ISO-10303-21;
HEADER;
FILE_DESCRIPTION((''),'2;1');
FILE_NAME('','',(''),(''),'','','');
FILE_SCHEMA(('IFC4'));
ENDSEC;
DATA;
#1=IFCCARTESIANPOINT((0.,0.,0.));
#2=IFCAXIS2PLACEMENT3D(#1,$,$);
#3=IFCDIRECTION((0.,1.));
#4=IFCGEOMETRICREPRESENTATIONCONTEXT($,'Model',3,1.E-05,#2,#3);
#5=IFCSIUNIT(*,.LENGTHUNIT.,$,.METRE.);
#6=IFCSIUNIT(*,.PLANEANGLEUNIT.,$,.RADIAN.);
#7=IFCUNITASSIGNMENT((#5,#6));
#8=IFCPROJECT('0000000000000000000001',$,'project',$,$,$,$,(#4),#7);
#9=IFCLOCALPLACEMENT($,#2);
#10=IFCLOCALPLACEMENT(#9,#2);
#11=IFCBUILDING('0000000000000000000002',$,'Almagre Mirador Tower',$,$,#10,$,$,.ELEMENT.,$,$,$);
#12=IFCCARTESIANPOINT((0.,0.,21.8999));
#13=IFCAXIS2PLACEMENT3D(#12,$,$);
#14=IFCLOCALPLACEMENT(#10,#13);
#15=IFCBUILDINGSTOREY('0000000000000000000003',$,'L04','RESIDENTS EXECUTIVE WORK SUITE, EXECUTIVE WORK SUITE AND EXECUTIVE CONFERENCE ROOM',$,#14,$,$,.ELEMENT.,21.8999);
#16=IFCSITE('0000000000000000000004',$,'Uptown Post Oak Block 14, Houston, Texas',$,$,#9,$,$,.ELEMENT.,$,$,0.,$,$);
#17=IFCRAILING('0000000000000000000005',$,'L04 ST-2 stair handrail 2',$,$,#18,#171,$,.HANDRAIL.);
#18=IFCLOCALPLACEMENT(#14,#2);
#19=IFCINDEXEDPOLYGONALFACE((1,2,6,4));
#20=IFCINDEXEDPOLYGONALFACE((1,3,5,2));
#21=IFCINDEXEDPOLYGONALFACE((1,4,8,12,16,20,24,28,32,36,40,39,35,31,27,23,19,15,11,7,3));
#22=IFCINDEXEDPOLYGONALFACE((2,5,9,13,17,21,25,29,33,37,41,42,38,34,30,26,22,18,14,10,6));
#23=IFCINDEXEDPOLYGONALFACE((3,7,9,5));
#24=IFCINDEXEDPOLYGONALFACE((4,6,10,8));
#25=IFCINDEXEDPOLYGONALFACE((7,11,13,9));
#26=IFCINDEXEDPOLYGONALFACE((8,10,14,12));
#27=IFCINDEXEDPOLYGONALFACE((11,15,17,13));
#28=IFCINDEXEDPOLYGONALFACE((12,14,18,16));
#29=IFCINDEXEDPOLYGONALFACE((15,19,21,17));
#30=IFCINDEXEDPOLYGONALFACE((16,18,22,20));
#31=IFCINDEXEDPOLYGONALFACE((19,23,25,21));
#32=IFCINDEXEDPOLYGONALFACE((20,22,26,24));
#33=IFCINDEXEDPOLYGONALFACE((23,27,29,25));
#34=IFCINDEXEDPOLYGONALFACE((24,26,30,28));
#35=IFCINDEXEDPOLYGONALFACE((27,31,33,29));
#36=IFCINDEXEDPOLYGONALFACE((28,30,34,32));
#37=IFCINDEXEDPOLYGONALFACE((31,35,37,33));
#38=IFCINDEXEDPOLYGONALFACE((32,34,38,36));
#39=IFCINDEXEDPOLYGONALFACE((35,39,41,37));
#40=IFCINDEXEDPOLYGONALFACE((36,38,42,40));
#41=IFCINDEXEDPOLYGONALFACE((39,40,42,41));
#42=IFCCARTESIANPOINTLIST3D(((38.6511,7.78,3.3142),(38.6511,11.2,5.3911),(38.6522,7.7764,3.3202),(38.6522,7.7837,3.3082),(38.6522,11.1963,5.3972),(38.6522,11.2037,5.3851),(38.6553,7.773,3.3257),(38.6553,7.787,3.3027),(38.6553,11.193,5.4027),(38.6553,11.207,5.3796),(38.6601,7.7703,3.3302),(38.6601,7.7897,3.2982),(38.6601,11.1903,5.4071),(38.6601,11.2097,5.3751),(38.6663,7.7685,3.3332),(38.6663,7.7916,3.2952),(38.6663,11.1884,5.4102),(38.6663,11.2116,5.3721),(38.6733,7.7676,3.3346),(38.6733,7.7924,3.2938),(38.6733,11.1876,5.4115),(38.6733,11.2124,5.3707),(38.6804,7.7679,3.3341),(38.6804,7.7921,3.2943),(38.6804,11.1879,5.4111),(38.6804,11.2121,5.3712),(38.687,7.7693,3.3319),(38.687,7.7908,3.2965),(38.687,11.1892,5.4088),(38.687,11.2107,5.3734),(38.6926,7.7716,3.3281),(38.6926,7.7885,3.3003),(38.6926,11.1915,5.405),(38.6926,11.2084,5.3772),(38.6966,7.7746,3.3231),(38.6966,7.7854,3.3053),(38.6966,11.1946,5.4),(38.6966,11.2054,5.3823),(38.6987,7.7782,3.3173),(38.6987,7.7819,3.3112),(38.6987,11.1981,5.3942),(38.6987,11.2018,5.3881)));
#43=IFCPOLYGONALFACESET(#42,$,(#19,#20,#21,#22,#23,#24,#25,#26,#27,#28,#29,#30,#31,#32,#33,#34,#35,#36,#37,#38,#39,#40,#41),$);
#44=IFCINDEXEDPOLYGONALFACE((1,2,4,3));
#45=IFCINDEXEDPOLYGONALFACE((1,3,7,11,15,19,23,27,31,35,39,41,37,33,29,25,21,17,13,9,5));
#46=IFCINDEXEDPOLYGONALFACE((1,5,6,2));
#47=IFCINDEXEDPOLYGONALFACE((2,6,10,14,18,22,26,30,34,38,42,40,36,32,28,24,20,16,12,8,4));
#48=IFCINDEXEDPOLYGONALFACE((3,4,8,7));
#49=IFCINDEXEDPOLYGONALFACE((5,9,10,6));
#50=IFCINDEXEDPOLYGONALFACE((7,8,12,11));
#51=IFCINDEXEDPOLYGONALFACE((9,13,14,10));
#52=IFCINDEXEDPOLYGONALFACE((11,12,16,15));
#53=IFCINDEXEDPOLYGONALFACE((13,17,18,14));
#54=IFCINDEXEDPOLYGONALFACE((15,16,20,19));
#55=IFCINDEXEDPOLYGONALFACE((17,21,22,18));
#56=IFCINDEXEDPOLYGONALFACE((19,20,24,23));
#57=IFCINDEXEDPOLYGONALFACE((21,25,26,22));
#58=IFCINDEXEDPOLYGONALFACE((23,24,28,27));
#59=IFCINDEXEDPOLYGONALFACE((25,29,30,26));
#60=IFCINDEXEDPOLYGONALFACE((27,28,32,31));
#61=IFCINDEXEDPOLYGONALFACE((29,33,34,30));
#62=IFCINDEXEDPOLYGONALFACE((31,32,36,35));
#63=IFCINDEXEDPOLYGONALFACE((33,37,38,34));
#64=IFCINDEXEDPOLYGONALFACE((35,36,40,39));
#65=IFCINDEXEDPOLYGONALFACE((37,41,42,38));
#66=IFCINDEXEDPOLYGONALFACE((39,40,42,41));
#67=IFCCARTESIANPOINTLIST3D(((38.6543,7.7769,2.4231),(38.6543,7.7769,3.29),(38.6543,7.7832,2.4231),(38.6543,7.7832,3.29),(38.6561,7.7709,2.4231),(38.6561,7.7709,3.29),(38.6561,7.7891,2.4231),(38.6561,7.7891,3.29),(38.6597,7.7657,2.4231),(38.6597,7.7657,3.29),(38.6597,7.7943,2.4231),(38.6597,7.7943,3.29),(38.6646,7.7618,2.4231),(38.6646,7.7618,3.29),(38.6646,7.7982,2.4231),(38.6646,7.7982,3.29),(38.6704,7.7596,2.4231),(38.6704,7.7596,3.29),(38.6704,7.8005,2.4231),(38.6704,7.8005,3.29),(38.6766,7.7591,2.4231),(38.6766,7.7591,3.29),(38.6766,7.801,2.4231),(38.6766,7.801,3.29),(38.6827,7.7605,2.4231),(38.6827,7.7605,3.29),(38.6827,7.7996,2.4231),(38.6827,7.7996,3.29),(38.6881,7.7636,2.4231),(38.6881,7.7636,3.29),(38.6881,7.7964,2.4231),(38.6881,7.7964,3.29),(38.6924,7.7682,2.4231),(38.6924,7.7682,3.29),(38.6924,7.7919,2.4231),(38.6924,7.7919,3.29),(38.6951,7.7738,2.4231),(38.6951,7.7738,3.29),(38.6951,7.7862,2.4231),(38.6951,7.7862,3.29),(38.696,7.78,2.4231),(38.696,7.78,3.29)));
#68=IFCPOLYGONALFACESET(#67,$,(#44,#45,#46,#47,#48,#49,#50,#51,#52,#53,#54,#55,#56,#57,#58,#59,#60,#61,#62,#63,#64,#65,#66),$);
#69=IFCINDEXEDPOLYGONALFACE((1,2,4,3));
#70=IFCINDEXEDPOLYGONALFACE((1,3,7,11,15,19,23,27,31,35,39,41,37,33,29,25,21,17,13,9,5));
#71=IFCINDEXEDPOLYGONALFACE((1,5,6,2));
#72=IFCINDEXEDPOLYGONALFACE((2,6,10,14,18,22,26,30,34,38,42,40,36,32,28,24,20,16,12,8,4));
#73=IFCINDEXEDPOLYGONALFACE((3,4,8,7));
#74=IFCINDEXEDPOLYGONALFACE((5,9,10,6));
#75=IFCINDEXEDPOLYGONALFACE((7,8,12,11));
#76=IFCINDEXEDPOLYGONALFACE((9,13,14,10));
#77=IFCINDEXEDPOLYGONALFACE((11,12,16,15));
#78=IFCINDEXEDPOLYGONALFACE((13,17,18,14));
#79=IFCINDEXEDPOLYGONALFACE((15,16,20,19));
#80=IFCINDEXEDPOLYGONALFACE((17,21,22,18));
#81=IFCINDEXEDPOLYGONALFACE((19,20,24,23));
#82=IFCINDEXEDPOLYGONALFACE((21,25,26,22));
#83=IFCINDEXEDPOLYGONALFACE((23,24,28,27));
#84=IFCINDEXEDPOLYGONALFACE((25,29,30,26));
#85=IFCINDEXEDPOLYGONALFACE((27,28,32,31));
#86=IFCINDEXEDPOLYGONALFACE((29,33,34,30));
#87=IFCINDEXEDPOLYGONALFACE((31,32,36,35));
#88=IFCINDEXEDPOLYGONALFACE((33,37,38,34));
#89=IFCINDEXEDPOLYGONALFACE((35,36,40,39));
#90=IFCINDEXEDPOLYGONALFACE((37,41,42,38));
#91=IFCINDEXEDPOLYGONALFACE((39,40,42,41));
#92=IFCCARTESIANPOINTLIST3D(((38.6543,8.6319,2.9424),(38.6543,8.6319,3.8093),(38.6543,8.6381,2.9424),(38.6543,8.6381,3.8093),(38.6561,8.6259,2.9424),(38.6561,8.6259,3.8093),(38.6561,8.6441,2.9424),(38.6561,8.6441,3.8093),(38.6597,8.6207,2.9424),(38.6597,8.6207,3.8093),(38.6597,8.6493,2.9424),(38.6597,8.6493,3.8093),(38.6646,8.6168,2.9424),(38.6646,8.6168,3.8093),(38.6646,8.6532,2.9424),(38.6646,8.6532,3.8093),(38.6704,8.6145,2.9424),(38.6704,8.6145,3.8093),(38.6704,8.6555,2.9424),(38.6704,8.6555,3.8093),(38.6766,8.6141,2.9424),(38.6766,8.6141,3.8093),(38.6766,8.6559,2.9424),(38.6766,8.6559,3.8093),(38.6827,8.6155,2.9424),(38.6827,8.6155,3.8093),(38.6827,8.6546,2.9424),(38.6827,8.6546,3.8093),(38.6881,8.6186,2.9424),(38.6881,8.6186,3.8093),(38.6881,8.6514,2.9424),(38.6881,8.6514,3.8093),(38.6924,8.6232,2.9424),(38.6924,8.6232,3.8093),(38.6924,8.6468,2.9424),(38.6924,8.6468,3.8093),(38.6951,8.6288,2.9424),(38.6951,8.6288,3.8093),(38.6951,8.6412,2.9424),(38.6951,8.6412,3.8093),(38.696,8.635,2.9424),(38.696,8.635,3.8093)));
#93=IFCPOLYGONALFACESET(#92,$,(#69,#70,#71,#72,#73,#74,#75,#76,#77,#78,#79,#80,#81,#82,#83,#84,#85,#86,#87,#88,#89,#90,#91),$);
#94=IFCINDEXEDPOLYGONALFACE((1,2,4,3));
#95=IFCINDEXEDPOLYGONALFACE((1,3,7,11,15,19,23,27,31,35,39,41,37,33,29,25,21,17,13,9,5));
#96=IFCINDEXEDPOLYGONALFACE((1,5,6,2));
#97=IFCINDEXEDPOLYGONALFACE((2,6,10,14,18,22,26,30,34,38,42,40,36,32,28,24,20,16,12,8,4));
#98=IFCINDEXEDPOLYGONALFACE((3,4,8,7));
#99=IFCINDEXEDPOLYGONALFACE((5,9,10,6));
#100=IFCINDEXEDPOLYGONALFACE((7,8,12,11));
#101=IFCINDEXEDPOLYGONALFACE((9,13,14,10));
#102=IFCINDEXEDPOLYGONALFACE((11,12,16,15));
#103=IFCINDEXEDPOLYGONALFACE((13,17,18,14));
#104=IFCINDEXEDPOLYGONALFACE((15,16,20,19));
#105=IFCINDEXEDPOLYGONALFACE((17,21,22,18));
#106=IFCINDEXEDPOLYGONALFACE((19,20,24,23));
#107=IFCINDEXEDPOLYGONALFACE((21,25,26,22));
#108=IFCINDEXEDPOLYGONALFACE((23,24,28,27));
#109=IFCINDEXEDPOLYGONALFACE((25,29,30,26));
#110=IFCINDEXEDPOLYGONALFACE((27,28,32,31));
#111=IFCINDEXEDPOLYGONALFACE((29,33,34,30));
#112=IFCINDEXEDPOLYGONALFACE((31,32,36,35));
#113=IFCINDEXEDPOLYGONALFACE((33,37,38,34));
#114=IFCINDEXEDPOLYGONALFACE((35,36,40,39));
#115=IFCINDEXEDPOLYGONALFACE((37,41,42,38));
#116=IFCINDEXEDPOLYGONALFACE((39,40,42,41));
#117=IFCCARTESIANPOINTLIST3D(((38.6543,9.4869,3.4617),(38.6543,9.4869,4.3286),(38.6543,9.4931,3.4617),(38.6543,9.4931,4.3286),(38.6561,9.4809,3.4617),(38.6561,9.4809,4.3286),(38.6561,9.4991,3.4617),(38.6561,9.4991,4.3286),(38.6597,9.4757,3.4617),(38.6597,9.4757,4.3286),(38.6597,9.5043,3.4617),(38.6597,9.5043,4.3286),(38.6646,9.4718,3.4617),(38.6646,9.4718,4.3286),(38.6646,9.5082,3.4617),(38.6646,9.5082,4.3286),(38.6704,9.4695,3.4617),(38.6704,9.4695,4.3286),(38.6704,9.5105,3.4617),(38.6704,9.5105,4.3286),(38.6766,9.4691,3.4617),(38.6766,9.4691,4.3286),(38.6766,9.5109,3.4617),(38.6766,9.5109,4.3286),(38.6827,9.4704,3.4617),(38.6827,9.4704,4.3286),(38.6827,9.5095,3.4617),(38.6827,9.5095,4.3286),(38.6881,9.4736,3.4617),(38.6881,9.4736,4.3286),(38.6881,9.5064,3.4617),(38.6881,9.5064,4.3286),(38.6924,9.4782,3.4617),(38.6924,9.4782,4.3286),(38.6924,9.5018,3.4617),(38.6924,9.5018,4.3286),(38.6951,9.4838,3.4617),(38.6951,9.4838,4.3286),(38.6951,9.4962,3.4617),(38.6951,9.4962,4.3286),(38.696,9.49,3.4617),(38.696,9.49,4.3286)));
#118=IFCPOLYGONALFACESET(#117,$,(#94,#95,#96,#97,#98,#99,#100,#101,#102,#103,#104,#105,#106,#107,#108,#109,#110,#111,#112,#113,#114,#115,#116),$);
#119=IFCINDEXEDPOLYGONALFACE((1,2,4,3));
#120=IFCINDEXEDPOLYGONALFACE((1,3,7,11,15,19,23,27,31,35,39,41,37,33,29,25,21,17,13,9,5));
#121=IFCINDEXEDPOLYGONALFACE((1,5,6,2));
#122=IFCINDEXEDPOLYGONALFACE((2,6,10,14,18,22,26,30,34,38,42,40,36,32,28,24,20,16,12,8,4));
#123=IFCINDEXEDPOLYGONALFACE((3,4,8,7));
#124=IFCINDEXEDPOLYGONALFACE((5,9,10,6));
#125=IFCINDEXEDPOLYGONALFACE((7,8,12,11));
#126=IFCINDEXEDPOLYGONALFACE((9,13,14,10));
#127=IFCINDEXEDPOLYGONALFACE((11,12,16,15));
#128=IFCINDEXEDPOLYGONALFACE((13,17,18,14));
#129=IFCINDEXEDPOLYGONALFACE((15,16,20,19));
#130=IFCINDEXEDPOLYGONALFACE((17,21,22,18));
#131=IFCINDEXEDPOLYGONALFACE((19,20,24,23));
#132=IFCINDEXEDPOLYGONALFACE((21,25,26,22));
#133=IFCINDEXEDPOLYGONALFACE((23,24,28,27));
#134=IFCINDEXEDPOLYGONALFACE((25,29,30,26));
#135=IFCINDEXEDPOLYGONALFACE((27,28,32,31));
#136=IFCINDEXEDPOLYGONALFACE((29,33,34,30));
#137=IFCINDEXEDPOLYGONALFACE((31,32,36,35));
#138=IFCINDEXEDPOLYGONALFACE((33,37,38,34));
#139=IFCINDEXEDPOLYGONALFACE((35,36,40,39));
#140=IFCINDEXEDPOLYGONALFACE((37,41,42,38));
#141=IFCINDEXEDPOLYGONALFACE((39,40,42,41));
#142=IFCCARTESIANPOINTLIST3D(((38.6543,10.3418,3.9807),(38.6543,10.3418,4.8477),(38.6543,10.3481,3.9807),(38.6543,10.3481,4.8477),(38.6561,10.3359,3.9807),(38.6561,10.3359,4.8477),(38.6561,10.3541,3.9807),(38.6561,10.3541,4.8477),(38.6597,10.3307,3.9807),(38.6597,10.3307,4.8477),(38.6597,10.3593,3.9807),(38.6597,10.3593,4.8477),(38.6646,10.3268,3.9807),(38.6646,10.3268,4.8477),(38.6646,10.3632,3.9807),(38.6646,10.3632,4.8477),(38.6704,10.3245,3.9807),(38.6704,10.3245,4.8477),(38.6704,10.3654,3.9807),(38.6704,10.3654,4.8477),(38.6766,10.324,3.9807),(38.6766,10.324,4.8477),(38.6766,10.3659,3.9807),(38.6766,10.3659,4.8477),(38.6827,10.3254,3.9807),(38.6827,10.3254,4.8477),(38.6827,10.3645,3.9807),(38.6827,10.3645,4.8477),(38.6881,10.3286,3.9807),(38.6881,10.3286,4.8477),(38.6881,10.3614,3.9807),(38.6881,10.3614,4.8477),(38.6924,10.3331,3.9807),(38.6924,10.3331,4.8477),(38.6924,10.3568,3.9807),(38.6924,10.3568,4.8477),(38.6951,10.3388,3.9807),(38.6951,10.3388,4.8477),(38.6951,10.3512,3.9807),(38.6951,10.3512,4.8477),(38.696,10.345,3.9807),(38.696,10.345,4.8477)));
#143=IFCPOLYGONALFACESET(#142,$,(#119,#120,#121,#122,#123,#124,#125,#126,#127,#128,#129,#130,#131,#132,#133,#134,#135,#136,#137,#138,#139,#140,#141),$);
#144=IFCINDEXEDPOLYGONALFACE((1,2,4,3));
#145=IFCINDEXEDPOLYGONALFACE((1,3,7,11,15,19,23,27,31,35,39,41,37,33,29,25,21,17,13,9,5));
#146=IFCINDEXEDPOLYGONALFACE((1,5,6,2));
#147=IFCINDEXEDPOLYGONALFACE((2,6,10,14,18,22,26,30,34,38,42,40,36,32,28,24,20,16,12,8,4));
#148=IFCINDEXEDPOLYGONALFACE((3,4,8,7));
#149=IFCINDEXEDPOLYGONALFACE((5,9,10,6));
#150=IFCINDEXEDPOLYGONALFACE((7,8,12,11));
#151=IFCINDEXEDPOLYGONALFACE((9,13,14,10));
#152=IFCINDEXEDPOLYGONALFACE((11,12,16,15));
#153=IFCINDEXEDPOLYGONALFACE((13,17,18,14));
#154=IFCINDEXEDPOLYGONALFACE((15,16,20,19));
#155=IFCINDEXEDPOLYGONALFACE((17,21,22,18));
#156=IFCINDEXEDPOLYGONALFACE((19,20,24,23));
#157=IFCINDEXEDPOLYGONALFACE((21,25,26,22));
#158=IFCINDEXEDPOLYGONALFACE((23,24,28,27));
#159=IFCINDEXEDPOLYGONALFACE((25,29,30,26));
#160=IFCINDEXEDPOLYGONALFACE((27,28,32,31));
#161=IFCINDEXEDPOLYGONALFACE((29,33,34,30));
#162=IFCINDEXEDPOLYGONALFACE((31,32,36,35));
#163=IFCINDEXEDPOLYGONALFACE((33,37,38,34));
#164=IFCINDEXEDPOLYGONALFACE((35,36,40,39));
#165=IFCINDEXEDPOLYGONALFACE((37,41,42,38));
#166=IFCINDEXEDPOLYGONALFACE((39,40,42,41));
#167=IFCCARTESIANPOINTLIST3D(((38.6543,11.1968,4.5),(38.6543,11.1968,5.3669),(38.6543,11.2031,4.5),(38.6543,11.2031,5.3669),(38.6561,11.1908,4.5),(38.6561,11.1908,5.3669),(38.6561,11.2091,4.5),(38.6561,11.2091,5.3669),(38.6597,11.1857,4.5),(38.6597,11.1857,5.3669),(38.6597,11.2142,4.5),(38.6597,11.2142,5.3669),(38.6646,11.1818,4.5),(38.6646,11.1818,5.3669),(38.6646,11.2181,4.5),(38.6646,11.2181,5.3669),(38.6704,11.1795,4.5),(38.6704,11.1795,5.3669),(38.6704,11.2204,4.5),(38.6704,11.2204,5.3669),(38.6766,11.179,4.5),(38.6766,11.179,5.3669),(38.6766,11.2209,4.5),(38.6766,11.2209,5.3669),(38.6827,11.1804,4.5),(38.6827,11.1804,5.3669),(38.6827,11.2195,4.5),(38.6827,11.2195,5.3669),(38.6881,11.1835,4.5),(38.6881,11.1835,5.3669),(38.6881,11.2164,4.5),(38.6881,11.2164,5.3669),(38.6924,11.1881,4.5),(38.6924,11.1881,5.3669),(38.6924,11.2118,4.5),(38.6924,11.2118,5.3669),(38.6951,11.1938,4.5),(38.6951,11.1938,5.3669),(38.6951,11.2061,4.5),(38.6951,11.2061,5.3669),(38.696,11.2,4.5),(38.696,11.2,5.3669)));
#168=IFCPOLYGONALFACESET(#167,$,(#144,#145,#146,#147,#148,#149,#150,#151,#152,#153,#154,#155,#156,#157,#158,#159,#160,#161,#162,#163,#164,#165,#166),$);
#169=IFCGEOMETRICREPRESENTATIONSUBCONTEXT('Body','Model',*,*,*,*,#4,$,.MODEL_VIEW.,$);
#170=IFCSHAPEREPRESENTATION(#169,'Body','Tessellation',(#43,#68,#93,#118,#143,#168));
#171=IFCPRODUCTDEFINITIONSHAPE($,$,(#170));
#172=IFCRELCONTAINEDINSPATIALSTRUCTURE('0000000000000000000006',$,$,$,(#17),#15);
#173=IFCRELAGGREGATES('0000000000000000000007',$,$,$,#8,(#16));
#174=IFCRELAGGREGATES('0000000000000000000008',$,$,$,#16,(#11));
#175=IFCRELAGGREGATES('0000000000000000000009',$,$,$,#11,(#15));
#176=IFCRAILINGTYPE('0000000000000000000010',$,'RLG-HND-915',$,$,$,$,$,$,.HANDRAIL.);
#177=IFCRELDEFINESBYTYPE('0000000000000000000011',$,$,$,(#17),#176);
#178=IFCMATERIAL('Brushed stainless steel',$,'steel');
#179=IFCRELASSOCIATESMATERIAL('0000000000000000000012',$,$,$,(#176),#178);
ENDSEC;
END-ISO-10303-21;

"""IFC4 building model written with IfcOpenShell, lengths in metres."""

from ifc_helpers import new_model, si_unit, direction, frame, origin, origin_2d, place, context, subcontext, project, spatial, circle, extrude, material, type_object, element, save


model = new_model("IFC4")

# Units and contexts
model_context = context("Model", 3, precision=1e-05, world=origin(), true_north=direction((0.0, 1.0)))
body_context = subcontext(model_context, "Body", "Model", "MODEL_VIEW")
ifc_project = project(units=[si_unit("LENGTHUNIT", "METRE"), si_unit("PLANEANGLEUNIT", "RADIAN")], contexts=[model_context])

# Site, building, storey
site_placement = place(None, origin())
site = spatial("IfcSite", under=ifc_project, at=site_placement, Name="Uptown Post Oak Block 14, Houston, Texas", CompositionType="ELEMENT", RefElevation=0.0)
building_placement = place(site_placement, origin())
building = spatial("IfcBuilding", under=site, at=building_placement, Name="Almagre Mirador Tower", CompositionType="ELEMENT")
storey_placement = place(building_placement, frame((0.0, 0.0, 21.8999)))
storey = spatial("IfcBuildingStorey", under=building, at=storey_placement, Name="L04", Description="RESIDENTS EXECUTIVE WORK SUITE, EXECUTIVE WORK SUITE AND EXECUTIVE CONFERENCE ROOM", CompositionType="ELEMENT", Elevation=21.8999)

# Railing
ifc_material_1 = material(Name="Brushed stainless steel", Category="steel")
railing_type_1 = type_object("IfcRailingType", Name="RLG-HND-915", PredefinedType="HANDRAIL", material=ifc_material_1)
railing_1_placement = place(storey_placement, frame((38.675, 7.78, 2.4231)))
element("IfcRailing", 1, at=railing_1_placement, inside=storey, type_object=railing_type_1, Name="L04 ST-2 stair handrail 2", PredefinedType="HANDRAIL", context=body_context, shape_type="SweptSolid", body=[
    extrude(circle(Radius=0.0239, at=origin_2d()), frame((0.0, 0.0, 0.8911), z_axis=(0.0, 0.85473, 0.519074), x_axis=(-1.0, 0.0, 0.0)), (0.0, 0.0, 1.0), 4.0012),
    extrude(circle(Radius=0.021, at=origin_2d()), origin(), (0.0, 0.0, 1.0), 0.8669),
    extrude(circle(Radius=0.021, at=origin_2d()), frame((0.0, 0.855, 0.5193)), (0.0, 0.0, 1.0), 0.8669),
    extrude(circle(Radius=0.021, at=origin_2d()), frame((0.0, 1.71, 1.0386)), (0.0, 0.0, 1.0), 0.8669),
    extrude(circle(Radius=0.021, at=origin_2d()), frame((0.0, 2.5649, 1.5576)), (0.0, 0.0, 1.0), 0.8669),
    extrude(circle(Radius=0.021, at=origin_2d()), frame((0.0, 3.4199, 2.0769)), (0.0, 0.0, 1.0), 0.8669),
])

save(model, "model.ifc")
